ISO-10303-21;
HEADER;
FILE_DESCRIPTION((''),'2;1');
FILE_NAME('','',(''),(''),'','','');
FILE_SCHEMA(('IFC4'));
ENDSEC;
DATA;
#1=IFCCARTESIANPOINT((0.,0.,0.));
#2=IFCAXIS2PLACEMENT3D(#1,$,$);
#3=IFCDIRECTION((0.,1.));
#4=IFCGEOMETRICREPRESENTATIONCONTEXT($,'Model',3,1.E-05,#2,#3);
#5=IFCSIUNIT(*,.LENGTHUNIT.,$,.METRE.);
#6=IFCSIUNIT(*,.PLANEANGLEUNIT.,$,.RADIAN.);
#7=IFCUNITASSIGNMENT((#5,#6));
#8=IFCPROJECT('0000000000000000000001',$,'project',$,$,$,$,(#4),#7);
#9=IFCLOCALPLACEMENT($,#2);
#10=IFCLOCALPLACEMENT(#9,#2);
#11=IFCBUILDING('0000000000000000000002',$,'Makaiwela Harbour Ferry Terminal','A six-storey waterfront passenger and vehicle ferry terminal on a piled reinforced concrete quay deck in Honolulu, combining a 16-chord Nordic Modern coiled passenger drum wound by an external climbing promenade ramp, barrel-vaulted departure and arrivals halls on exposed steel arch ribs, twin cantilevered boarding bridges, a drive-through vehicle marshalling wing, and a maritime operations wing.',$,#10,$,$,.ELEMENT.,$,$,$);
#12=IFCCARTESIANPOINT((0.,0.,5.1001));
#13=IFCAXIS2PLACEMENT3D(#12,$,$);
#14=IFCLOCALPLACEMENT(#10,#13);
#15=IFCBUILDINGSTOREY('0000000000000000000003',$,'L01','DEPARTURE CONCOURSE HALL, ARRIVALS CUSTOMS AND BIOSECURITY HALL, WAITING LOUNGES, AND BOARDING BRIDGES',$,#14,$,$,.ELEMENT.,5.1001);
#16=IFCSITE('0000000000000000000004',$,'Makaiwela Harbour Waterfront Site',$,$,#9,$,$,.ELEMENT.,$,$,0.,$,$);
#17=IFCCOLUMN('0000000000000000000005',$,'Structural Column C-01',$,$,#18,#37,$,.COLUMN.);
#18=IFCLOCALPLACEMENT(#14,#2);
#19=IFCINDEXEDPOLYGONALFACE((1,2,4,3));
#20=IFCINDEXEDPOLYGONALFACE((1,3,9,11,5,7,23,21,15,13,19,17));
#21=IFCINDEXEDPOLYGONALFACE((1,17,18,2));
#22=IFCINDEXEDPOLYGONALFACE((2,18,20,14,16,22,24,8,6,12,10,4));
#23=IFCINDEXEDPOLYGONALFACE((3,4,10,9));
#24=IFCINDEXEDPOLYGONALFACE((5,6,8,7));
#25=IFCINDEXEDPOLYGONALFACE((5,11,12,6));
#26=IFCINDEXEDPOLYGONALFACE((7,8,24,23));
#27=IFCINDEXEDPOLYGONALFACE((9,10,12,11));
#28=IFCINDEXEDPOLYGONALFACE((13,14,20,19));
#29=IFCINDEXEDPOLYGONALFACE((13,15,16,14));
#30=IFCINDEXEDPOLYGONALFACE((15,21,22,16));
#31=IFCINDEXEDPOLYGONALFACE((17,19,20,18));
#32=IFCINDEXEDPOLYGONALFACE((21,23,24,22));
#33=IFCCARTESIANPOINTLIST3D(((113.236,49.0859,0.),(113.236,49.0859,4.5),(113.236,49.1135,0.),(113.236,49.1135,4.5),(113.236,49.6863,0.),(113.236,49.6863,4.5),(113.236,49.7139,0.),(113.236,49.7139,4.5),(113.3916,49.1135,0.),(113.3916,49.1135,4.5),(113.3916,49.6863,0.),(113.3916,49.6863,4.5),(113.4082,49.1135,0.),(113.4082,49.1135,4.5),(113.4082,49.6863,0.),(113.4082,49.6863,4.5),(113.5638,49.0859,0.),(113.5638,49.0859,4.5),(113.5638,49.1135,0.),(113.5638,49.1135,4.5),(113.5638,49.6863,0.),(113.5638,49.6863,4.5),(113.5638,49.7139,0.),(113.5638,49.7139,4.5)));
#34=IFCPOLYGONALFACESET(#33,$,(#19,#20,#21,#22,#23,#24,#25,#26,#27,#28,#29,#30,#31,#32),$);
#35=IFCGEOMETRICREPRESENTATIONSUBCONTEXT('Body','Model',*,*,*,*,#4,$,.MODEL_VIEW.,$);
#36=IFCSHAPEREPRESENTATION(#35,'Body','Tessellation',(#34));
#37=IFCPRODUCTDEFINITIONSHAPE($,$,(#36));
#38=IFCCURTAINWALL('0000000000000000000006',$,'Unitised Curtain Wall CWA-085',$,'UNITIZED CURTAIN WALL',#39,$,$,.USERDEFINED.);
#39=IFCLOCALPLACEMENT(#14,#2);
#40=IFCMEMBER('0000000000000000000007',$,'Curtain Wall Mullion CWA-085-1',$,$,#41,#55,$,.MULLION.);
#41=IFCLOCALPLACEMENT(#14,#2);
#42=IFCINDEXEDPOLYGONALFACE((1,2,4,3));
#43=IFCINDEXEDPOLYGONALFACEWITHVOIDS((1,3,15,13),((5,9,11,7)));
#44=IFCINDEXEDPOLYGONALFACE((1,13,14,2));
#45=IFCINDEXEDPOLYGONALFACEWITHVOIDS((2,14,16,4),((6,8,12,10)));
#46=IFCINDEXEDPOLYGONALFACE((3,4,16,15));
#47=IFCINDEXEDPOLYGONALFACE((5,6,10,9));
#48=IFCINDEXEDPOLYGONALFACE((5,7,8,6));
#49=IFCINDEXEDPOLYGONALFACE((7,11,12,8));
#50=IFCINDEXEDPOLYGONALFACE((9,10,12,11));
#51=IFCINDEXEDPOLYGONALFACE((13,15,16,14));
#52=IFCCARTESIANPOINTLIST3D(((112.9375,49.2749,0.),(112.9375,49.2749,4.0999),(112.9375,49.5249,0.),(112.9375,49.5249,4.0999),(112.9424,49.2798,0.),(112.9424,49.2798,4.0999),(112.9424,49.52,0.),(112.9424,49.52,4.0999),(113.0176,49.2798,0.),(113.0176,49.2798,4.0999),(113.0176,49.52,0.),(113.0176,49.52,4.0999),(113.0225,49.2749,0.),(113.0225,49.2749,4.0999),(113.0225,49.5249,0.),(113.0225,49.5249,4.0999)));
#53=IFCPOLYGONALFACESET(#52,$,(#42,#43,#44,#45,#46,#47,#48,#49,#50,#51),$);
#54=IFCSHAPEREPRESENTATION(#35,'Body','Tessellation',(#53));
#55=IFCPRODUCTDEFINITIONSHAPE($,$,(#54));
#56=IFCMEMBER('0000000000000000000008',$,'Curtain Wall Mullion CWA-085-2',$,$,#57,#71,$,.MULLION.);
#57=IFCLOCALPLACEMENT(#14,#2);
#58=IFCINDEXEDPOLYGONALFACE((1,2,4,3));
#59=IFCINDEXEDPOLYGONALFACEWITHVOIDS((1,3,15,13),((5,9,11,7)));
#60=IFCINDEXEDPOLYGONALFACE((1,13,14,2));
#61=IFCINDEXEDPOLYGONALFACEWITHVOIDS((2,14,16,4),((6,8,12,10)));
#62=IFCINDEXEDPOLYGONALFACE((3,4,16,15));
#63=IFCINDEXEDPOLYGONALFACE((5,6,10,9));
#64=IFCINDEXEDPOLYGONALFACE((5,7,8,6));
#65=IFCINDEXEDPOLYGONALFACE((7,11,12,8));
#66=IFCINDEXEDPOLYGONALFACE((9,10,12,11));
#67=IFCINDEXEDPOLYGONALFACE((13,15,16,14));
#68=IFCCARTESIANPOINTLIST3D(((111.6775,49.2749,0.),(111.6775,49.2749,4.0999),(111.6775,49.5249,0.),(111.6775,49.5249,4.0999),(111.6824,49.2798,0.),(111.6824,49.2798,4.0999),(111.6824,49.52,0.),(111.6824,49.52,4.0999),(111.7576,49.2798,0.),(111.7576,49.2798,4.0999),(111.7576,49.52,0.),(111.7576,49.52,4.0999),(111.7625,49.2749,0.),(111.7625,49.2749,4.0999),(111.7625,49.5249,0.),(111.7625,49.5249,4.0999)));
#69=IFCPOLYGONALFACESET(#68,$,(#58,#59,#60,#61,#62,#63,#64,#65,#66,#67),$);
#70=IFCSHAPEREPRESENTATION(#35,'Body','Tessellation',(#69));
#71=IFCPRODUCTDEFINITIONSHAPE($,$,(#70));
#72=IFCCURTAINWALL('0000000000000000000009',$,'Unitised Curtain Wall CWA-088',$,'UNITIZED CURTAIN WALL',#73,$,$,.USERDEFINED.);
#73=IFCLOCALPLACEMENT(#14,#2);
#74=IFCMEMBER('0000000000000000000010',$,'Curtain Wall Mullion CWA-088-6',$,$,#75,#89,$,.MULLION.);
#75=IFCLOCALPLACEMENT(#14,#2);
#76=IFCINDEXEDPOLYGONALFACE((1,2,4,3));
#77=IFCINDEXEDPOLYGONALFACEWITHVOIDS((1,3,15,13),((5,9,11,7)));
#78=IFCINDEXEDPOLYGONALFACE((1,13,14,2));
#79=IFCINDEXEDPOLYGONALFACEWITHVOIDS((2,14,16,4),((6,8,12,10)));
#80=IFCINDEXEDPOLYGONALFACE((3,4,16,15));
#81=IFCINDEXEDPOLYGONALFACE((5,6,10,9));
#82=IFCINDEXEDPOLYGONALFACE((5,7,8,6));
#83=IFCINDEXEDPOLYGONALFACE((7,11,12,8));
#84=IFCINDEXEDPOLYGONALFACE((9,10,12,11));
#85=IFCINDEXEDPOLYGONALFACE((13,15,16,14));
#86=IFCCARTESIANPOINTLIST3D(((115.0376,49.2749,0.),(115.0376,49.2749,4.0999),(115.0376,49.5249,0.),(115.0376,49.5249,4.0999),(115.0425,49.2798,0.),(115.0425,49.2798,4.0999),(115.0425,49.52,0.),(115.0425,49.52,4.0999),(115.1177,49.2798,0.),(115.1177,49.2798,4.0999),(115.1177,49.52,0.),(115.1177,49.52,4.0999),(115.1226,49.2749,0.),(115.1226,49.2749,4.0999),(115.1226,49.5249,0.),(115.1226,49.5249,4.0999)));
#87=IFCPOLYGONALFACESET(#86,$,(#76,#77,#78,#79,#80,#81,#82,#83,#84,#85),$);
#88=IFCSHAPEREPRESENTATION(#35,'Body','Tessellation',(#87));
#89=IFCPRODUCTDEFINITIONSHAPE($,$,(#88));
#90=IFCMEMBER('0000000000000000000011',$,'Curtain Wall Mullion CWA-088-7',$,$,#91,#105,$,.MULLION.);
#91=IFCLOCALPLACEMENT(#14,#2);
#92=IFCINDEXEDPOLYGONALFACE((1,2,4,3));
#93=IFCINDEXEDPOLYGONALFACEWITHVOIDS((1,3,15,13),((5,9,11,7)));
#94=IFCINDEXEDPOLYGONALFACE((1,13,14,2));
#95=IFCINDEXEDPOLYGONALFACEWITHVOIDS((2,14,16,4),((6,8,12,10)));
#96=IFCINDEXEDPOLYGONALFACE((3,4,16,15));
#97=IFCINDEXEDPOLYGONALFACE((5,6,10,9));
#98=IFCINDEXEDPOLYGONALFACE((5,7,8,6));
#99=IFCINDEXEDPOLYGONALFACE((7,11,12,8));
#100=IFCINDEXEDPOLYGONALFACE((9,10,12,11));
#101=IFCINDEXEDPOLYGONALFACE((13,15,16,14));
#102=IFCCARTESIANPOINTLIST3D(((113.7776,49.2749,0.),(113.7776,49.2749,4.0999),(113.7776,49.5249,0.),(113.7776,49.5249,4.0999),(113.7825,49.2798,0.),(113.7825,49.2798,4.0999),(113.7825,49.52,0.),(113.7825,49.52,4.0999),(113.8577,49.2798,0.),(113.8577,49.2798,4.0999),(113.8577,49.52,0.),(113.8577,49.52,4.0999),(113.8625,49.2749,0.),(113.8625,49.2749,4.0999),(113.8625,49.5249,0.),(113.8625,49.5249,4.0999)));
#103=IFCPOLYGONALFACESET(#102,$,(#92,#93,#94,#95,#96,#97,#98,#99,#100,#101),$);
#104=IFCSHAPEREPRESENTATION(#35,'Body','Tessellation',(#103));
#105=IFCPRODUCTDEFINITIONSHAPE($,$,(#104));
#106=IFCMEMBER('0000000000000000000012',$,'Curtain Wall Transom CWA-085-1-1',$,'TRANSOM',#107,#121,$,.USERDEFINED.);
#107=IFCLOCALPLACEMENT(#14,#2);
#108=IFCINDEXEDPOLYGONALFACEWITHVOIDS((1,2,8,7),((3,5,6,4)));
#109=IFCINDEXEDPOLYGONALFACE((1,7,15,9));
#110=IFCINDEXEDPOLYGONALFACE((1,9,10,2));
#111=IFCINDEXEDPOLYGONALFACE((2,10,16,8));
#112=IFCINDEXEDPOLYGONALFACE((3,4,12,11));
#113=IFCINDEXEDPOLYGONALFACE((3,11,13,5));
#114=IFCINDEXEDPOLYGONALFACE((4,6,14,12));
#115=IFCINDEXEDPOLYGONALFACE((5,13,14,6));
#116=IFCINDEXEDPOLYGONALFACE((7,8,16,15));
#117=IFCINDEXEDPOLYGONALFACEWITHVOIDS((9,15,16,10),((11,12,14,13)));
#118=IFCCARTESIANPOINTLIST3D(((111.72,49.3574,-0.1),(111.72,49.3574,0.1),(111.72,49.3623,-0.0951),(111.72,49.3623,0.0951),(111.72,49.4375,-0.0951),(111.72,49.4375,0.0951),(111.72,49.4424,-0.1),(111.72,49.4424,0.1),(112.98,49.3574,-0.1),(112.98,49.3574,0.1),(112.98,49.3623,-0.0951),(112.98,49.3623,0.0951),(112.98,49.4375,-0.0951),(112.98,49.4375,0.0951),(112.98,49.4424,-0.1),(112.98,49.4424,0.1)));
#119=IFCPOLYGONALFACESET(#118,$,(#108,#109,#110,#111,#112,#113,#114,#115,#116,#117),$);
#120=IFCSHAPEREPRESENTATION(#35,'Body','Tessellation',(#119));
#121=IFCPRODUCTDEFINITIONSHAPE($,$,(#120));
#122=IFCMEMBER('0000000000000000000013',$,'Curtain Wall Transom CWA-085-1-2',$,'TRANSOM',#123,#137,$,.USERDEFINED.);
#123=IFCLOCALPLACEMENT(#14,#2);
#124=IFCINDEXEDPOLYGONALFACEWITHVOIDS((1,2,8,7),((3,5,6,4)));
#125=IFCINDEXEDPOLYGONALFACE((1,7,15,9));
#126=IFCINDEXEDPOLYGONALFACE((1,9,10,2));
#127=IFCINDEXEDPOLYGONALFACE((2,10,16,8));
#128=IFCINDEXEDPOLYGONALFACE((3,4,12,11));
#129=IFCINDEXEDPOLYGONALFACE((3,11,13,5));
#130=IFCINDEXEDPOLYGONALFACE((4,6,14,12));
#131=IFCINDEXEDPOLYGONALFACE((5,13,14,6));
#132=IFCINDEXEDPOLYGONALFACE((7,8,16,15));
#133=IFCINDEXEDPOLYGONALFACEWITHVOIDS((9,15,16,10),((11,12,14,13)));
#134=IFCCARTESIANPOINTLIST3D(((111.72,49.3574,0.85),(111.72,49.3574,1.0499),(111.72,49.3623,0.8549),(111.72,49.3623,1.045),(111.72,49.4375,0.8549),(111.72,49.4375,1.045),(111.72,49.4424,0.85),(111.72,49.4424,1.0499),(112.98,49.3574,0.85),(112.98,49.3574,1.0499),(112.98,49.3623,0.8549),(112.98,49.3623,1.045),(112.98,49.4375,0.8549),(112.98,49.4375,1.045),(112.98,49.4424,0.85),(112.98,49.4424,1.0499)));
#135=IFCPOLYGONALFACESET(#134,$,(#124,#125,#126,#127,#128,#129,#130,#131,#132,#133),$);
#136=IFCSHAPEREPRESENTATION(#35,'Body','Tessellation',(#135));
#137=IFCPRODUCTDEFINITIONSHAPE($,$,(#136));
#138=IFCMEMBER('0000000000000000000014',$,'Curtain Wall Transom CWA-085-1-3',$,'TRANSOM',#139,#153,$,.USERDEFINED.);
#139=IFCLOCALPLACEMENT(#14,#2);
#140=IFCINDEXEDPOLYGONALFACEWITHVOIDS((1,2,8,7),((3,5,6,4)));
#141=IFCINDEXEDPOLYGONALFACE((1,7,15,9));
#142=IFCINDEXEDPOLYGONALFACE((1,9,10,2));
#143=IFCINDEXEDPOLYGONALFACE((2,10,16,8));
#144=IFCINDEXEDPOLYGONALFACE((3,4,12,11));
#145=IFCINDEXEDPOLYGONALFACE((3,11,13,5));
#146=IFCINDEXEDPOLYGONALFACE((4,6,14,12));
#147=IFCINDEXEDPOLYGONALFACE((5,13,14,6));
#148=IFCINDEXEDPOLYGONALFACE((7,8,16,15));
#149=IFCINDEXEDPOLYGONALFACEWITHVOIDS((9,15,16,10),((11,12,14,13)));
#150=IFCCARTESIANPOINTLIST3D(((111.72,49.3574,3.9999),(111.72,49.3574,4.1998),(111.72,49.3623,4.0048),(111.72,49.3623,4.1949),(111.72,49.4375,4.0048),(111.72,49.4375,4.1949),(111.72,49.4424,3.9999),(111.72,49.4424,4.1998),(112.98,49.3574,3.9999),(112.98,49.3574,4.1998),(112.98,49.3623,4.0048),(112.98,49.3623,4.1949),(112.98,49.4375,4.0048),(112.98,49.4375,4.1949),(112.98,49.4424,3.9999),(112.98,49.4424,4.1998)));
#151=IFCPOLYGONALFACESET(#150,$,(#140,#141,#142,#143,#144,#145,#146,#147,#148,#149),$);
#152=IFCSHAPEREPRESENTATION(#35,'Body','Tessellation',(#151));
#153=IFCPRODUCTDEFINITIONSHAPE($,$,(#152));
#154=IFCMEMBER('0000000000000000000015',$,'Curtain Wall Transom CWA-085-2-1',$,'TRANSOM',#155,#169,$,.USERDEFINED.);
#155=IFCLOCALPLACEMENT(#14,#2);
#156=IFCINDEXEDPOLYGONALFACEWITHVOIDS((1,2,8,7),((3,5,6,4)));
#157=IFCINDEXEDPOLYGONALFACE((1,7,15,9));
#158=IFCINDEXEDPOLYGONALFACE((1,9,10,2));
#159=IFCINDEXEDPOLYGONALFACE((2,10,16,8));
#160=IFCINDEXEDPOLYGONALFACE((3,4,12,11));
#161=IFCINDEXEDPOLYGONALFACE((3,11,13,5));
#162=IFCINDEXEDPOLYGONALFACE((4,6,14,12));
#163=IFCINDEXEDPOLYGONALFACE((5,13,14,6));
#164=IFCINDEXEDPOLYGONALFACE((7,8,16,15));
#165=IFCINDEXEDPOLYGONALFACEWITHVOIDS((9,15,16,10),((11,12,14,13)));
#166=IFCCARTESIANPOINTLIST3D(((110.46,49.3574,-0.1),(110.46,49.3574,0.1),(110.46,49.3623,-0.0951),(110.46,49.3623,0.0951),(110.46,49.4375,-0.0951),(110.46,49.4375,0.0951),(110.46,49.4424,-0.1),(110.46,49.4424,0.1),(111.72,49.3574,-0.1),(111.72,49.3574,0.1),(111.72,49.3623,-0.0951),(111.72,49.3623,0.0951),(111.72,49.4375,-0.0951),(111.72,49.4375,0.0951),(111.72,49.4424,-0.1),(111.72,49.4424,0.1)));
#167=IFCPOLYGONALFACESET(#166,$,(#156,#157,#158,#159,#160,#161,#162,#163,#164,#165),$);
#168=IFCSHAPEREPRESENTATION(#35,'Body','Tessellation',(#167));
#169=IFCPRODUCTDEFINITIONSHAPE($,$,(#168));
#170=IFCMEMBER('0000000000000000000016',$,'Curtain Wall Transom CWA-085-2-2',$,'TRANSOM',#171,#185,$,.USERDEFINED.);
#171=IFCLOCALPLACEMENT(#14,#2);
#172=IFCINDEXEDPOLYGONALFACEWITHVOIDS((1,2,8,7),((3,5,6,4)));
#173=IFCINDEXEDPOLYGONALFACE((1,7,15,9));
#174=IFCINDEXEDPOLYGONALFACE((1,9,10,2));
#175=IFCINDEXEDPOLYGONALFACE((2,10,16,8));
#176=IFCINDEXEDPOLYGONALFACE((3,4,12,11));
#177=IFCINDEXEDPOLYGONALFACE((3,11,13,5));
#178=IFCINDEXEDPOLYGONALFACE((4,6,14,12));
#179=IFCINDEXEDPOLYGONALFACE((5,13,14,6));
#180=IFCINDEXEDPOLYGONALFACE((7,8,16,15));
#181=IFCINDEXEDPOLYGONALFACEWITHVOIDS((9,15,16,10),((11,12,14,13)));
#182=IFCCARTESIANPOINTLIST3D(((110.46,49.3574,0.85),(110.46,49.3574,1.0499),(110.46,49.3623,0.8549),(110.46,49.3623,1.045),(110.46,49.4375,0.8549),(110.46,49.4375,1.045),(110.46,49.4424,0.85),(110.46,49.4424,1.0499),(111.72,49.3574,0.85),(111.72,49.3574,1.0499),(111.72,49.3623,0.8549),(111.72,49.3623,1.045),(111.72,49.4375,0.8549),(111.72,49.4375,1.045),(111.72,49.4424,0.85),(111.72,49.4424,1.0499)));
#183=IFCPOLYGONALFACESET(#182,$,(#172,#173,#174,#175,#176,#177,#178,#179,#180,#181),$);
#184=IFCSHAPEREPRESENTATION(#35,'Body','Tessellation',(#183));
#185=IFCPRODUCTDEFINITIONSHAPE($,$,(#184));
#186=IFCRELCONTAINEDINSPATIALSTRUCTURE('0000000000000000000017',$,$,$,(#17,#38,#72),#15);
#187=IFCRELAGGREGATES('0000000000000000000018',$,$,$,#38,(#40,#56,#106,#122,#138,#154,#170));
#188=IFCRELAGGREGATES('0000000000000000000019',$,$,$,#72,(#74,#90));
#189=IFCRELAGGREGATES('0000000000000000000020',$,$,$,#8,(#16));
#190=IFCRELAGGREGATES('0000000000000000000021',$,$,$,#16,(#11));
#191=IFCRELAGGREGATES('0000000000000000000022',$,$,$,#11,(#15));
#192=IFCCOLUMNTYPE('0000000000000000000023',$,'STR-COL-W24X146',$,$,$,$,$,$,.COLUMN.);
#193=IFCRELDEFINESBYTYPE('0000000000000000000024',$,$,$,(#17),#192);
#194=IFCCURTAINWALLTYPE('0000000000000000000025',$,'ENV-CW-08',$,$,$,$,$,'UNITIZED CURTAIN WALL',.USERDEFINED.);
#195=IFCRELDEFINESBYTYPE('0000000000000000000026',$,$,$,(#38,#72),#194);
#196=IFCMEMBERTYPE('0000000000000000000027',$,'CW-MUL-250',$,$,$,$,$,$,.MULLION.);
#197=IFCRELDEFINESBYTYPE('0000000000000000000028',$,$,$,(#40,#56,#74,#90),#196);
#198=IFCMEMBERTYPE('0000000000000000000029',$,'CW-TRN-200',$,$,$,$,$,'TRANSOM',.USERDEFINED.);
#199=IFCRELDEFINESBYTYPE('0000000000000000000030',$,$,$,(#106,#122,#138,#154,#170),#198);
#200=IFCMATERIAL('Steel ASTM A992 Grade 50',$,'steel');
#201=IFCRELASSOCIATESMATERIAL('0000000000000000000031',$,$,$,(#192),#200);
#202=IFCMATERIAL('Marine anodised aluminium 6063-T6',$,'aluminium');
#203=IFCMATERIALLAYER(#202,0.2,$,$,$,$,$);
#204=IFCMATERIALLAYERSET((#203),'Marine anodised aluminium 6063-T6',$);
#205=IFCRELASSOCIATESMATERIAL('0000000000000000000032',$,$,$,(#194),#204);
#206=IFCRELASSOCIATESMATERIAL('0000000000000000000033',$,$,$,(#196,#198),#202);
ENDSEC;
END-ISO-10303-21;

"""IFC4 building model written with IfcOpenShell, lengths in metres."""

from ifc_helpers import new_model, si_unit, direction, frame, origin, origin_2d, place, context, subcontext, project, spatial, hollow_rectangle, i_section, extrude, material, layer, layer_set, material_profile, profile_set, type_object, element, aggregate, save


model = new_model("IFC4")

# Units and contexts
model_context = context("Model", 3, precision=1e-05, world=origin(), true_north=direction((0.0, 1.0)))
body_context = subcontext(model_context, "Body", "Model", "MODEL_VIEW")
ifc_project = project(units=[si_unit("LENGTHUNIT", "METRE"), si_unit("PLANEANGLEUNIT", "RADIAN")], contexts=[model_context])

# Site, building, storey
site_placement = place(None, origin())
site = spatial("IfcSite", under=ifc_project, at=site_placement, Name="Makaiwela Harbour Waterfront Site", CompositionType="ELEMENT", RefElevation=0.0)
building_placement = place(site_placement, origin())
building = spatial("IfcBuilding", under=site, at=building_placement, Name="Makaiwela Harbour Ferry Terminal", Description="A six-storey waterfront passenger and vehicle ferry terminal on a piled reinforced concrete quay deck in Honolulu, combining a 16-chord Nordic Modern coiled passenger drum wound by an external climbing promenade ramp, barrel-vaulted departure and arrivals halls on exposed steel arch ribs, twin cantilevered boarding bridges, a drive-through vehicle marshalling wing, and a maritime operations wing.", CompositionType="ELEMENT")
storey_placement = place(building_placement, frame((0.0, 0.0, 5.1001)))
storey = spatial("IfcBuildingStorey", under=building, at=storey_placement, Name="L01", Description="DEPARTURE CONCOURSE HALL, ARRIVALS CUSTOMS AND BIOSECURITY HALL, WAITING LOUNGES, AND BOARDING BRIDGES", CompositionType="ELEMENT", Elevation=5.1001)

# Column
ifc_material_1 = material(Name="Steel ASTM A992 Grade 50", Category="steel")
ifc_material_profile_1 = material_profile(ifc_material_1, i_section(OverallWidth=0.3279, OverallDepth=0.6279, WebThickness=0.0166, FlangeThickness=0.0276, at=origin_2d()), Name="W24X146")
ifc_profile_set_1 = profile_set([ifc_material_profile_1], Name="Steel ASTM A992 Grade 50")
column_type = type_object("IfcColumnType", Name="STR-COL-W24X146", PredefinedType="COLUMN", material=ifc_profile_set_1)
column_placement = place(storey_placement, frame((113.3999, 49.3999, 0.0), z_axis=(0.0, 0.0, 1.0), x_axis=(1.0, 0.0, 0.0)))
element("IfcColumn", 1, at=column_placement, inside=storey, type_object=column_type, Name="Structural Column C-01", PredefinedType="COLUMN", context=body_context, shape_type="SweptSolid", body=[
    extrude(i_section(OverallWidth=0.3279, OverallDepth=0.6279, WebThickness=0.0166, FlangeThickness=0.0276, at=origin_2d()), origin(), (0.0, 0.0, 1.0), 4.5),
])

# Curtain walls, members
ifc_material_2 = material(Name="Marine anodised aluminium 6063-T6", Category="aluminium")
ifc_layer_1 = layer(ifc_material_2, 0.2)
ifc_layer_set_1 = layer_set([ifc_layer_1], Name="Marine anodised aluminium 6063-T6")
curtain_wall_type = type_object("IfcCurtainWallType", Name="ENV-CW-08", ElementType="UNITIZED CURTAIN WALL", PredefinedType="USERDEFINED", material=ifc_layer_set_1)
curtain_wall_1_placement = place(storey_placement, origin())
curtain_wall_1 = element("IfcCurtainWall", 2, at=curtain_wall_1_placement, inside=storey, type_object=curtain_wall_type, Name="Unitised Curtain Wall CWA-085", ObjectType="UNITIZED CURTAIN WALL", PredefinedType="USERDEFINED")
ifc_material_profile_2 = material_profile(ifc_material_2, hollow_rectangle(XDim=0.085, YDim=0.25, WallThickness=0.0049, at=origin_2d()), Name="CWM-250X85")
ifc_profile_set_2 = profile_set([ifc_material_profile_2], Name="Marine anodised aluminium 6063-T6")
member_type_1 = type_object("IfcMemberType", Name="CW-MUL-250", PredefinedType="MULLION", material=ifc_profile_set_2)
member_1_placement = place(storey_placement, frame((112.98, 49.3999, 0.0), z_axis=(0.0, 0.0, 1.0), x_axis=(1.0, 0.0, 0.0)))
member_1 = element("IfcMember", 3, at=member_1_placement, type_object=member_type_1, Name="Curtain Wall Mullion CWA-085-1", PredefinedType="MULLION", context=body_context, shape_type="SweptSolid", body=[
    extrude(hollow_rectangle(XDim=0.085, YDim=0.25, WallThickness=0.0049, at=origin_2d()), origin(), (0.0, 0.0, 1.0), 4.0999),
])
member_2_placement = place(storey_placement, frame((111.72, 49.3999, 0.0), z_axis=(0.0, 0.0, 1.0), x_axis=(1.0, 0.0, 0.0)))
member_2 = element("IfcMember", 4, at=member_2_placement, type_object=member_type_1, Name="Curtain Wall Mullion CWA-085-2", PredefinedType="MULLION", context=body_context, shape_type="SweptSolid", body=[
    extrude(hollow_rectangle(XDim=0.085, YDim=0.25, WallThickness=0.0049, at=origin_2d()), origin(), (0.0, 0.0, 1.0), 4.0999),
])
curtain_wall_2_placement = place(storey_placement, origin())
curtain_wall_2 = element("IfcCurtainWall", 5, at=curtain_wall_2_placement, inside=storey, type_object=curtain_wall_type, Name="Unitised Curtain Wall CWA-088", ObjectType="UNITIZED CURTAIN WALL", PredefinedType="USERDEFINED")
member_3_placement = place(storey_placement, frame((115.0801, 49.3999, 0.0), z_axis=(0.0, 0.0, 1.0), x_axis=(1.0, 0.0, 0.0)))
member_3 = element("IfcMember", 6, at=member_3_placement, type_object=member_type_1, Name="Curtain Wall Mullion CWA-088-6", PredefinedType="MULLION", context=body_context, shape_type="SweptSolid", body=[
    extrude(hollow_rectangle(XDim=0.085, YDim=0.25, WallThickness=0.0049, at=origin_2d()), origin(), (0.0, 0.0, 1.0), 4.0999),
])
member_4_placement = place(storey_placement, frame((113.8201, 49.3999, 0.0), z_axis=(0.0, 0.0, 1.0), x_axis=(1.0, 0.0, 0.0)))
member_4 = element("IfcMember", 7, at=member_4_placement, type_object=member_type_1, Name="Curtain Wall Mullion CWA-088-7", PredefinedType="MULLION", context=body_context, shape_type="SweptSolid", body=[
    extrude(hollow_rectangle(XDim=0.085, YDim=0.25, WallThickness=0.0049, at=origin_2d()), origin(), (0.0, 0.0, 1.0), 4.0999),
])

# Members
ifc_material_profile_3 = material_profile(ifc_material_2, hollow_rectangle(XDim=0.085, YDim=0.2, WallThickness=0.0049, at=origin_2d()), Name="CWT-200X85")
ifc_profile_set_3 = profile_set([ifc_material_profile_3], Name="Marine anodised aluminium 6063-T6")
member_type_2 = type_object("IfcMemberType", Name="CW-TRN-200", ElementType="TRANSOM", PredefinedType="USERDEFINED", material=ifc_profile_set_3)
member_5_placement = place(storey_placement, frame((112.98, 49.3999, 0.0), z_axis=(-1.0, 0.0, 0.0), x_axis=(0.0, -1.0, 0.0)))
member_5 = element("IfcMember", 8, at=member_5_placement, type_object=member_type_2, Name="Curtain Wall Transom CWA-085-1-1", ObjectType="TRANSOM", PredefinedType="USERDEFINED", context=body_context, shape_type="SweptSolid", body=[
    extrude(hollow_rectangle(XDim=0.085, YDim=0.2, WallThickness=0.0049, at=origin_2d()), origin(), (0.0, 0.0, 1.0), 1.26),
])
member_6_placement = place(storey_placement, frame((112.98, 49.3999, 0.95), z_axis=(-1.0, 0.0, 0.0), x_axis=(0.0, -1.0, 0.0)))
member_6 = element("IfcMember", 9, at=member_6_placement, type_object=member_type_2, Name="Curtain Wall Transom CWA-085-1-2", ObjectType="TRANSOM", PredefinedType="USERDEFINED", context=body_context, shape_type="SweptSolid", body=[
    extrude(hollow_rectangle(XDim=0.085, YDim=0.2, WallThickness=0.0049, at=origin_2d()), origin(), (0.0, 0.0, 1.0), 1.26),
])
member_7_placement = place(storey_placement, frame((112.98, 49.3999, 4.0999), z_axis=(-1.0, 0.0, 0.0), x_axis=(0.0, -1.0, 0.0)))
member_7 = element("IfcMember", 10, at=member_7_placement, type_object=member_type_2, Name="Curtain Wall Transom CWA-085-1-3", ObjectType="TRANSOM", PredefinedType="USERDEFINED", context=body_context, shape_type="SweptSolid", body=[
    extrude(hollow_rectangle(XDim=0.085, YDim=0.2, WallThickness=0.0049, at=origin_2d()), origin(), (0.0, 0.0, 1.0), 1.26),
])
member_8_placement = place(storey_placement, frame((111.72, 49.3999, 0.0), z_axis=(-1.0, 0.0, 0.0), x_axis=(0.0, -1.0, 0.0)))
member_8 = element("IfcMember", 11, at=member_8_placement, type_object=member_type_2, Name="Curtain Wall Transom CWA-085-2-1", ObjectType="TRANSOM", PredefinedType="USERDEFINED", context=body_context, shape_type="SweptSolid", body=[
    extrude(hollow_rectangle(XDim=0.085, YDim=0.2, WallThickness=0.0049, at=origin_2d()), origin(), (0.0, 0.0, 1.0), 1.26),
])
member_9_placement = place(storey_placement, frame((111.72, 49.3999, 0.95), z_axis=(-1.0, 0.0, 0.0), x_axis=(0.0, -1.0, 0.0)))
member_9 = element("IfcMember", 12, at=member_9_placement, type_object=member_type_2, Name="Curtain Wall Transom CWA-085-2-2", ObjectType="TRANSOM", PredefinedType="USERDEFINED", context=body_context, shape_type="SweptSolid", body=[
    extrude(hollow_rectangle(XDim=0.085, YDim=0.2, WallThickness=0.0049, at=origin_2d()), origin(), (0.0, 0.0, 1.0), 1.26),
])

aggregate(curtain_wall_1, [member_1, member_2, member_5, member_6, member_7, member_8, member_9])
aggregate(curtain_wall_2, [member_3, member_4])

save(model, "model.ifc")
